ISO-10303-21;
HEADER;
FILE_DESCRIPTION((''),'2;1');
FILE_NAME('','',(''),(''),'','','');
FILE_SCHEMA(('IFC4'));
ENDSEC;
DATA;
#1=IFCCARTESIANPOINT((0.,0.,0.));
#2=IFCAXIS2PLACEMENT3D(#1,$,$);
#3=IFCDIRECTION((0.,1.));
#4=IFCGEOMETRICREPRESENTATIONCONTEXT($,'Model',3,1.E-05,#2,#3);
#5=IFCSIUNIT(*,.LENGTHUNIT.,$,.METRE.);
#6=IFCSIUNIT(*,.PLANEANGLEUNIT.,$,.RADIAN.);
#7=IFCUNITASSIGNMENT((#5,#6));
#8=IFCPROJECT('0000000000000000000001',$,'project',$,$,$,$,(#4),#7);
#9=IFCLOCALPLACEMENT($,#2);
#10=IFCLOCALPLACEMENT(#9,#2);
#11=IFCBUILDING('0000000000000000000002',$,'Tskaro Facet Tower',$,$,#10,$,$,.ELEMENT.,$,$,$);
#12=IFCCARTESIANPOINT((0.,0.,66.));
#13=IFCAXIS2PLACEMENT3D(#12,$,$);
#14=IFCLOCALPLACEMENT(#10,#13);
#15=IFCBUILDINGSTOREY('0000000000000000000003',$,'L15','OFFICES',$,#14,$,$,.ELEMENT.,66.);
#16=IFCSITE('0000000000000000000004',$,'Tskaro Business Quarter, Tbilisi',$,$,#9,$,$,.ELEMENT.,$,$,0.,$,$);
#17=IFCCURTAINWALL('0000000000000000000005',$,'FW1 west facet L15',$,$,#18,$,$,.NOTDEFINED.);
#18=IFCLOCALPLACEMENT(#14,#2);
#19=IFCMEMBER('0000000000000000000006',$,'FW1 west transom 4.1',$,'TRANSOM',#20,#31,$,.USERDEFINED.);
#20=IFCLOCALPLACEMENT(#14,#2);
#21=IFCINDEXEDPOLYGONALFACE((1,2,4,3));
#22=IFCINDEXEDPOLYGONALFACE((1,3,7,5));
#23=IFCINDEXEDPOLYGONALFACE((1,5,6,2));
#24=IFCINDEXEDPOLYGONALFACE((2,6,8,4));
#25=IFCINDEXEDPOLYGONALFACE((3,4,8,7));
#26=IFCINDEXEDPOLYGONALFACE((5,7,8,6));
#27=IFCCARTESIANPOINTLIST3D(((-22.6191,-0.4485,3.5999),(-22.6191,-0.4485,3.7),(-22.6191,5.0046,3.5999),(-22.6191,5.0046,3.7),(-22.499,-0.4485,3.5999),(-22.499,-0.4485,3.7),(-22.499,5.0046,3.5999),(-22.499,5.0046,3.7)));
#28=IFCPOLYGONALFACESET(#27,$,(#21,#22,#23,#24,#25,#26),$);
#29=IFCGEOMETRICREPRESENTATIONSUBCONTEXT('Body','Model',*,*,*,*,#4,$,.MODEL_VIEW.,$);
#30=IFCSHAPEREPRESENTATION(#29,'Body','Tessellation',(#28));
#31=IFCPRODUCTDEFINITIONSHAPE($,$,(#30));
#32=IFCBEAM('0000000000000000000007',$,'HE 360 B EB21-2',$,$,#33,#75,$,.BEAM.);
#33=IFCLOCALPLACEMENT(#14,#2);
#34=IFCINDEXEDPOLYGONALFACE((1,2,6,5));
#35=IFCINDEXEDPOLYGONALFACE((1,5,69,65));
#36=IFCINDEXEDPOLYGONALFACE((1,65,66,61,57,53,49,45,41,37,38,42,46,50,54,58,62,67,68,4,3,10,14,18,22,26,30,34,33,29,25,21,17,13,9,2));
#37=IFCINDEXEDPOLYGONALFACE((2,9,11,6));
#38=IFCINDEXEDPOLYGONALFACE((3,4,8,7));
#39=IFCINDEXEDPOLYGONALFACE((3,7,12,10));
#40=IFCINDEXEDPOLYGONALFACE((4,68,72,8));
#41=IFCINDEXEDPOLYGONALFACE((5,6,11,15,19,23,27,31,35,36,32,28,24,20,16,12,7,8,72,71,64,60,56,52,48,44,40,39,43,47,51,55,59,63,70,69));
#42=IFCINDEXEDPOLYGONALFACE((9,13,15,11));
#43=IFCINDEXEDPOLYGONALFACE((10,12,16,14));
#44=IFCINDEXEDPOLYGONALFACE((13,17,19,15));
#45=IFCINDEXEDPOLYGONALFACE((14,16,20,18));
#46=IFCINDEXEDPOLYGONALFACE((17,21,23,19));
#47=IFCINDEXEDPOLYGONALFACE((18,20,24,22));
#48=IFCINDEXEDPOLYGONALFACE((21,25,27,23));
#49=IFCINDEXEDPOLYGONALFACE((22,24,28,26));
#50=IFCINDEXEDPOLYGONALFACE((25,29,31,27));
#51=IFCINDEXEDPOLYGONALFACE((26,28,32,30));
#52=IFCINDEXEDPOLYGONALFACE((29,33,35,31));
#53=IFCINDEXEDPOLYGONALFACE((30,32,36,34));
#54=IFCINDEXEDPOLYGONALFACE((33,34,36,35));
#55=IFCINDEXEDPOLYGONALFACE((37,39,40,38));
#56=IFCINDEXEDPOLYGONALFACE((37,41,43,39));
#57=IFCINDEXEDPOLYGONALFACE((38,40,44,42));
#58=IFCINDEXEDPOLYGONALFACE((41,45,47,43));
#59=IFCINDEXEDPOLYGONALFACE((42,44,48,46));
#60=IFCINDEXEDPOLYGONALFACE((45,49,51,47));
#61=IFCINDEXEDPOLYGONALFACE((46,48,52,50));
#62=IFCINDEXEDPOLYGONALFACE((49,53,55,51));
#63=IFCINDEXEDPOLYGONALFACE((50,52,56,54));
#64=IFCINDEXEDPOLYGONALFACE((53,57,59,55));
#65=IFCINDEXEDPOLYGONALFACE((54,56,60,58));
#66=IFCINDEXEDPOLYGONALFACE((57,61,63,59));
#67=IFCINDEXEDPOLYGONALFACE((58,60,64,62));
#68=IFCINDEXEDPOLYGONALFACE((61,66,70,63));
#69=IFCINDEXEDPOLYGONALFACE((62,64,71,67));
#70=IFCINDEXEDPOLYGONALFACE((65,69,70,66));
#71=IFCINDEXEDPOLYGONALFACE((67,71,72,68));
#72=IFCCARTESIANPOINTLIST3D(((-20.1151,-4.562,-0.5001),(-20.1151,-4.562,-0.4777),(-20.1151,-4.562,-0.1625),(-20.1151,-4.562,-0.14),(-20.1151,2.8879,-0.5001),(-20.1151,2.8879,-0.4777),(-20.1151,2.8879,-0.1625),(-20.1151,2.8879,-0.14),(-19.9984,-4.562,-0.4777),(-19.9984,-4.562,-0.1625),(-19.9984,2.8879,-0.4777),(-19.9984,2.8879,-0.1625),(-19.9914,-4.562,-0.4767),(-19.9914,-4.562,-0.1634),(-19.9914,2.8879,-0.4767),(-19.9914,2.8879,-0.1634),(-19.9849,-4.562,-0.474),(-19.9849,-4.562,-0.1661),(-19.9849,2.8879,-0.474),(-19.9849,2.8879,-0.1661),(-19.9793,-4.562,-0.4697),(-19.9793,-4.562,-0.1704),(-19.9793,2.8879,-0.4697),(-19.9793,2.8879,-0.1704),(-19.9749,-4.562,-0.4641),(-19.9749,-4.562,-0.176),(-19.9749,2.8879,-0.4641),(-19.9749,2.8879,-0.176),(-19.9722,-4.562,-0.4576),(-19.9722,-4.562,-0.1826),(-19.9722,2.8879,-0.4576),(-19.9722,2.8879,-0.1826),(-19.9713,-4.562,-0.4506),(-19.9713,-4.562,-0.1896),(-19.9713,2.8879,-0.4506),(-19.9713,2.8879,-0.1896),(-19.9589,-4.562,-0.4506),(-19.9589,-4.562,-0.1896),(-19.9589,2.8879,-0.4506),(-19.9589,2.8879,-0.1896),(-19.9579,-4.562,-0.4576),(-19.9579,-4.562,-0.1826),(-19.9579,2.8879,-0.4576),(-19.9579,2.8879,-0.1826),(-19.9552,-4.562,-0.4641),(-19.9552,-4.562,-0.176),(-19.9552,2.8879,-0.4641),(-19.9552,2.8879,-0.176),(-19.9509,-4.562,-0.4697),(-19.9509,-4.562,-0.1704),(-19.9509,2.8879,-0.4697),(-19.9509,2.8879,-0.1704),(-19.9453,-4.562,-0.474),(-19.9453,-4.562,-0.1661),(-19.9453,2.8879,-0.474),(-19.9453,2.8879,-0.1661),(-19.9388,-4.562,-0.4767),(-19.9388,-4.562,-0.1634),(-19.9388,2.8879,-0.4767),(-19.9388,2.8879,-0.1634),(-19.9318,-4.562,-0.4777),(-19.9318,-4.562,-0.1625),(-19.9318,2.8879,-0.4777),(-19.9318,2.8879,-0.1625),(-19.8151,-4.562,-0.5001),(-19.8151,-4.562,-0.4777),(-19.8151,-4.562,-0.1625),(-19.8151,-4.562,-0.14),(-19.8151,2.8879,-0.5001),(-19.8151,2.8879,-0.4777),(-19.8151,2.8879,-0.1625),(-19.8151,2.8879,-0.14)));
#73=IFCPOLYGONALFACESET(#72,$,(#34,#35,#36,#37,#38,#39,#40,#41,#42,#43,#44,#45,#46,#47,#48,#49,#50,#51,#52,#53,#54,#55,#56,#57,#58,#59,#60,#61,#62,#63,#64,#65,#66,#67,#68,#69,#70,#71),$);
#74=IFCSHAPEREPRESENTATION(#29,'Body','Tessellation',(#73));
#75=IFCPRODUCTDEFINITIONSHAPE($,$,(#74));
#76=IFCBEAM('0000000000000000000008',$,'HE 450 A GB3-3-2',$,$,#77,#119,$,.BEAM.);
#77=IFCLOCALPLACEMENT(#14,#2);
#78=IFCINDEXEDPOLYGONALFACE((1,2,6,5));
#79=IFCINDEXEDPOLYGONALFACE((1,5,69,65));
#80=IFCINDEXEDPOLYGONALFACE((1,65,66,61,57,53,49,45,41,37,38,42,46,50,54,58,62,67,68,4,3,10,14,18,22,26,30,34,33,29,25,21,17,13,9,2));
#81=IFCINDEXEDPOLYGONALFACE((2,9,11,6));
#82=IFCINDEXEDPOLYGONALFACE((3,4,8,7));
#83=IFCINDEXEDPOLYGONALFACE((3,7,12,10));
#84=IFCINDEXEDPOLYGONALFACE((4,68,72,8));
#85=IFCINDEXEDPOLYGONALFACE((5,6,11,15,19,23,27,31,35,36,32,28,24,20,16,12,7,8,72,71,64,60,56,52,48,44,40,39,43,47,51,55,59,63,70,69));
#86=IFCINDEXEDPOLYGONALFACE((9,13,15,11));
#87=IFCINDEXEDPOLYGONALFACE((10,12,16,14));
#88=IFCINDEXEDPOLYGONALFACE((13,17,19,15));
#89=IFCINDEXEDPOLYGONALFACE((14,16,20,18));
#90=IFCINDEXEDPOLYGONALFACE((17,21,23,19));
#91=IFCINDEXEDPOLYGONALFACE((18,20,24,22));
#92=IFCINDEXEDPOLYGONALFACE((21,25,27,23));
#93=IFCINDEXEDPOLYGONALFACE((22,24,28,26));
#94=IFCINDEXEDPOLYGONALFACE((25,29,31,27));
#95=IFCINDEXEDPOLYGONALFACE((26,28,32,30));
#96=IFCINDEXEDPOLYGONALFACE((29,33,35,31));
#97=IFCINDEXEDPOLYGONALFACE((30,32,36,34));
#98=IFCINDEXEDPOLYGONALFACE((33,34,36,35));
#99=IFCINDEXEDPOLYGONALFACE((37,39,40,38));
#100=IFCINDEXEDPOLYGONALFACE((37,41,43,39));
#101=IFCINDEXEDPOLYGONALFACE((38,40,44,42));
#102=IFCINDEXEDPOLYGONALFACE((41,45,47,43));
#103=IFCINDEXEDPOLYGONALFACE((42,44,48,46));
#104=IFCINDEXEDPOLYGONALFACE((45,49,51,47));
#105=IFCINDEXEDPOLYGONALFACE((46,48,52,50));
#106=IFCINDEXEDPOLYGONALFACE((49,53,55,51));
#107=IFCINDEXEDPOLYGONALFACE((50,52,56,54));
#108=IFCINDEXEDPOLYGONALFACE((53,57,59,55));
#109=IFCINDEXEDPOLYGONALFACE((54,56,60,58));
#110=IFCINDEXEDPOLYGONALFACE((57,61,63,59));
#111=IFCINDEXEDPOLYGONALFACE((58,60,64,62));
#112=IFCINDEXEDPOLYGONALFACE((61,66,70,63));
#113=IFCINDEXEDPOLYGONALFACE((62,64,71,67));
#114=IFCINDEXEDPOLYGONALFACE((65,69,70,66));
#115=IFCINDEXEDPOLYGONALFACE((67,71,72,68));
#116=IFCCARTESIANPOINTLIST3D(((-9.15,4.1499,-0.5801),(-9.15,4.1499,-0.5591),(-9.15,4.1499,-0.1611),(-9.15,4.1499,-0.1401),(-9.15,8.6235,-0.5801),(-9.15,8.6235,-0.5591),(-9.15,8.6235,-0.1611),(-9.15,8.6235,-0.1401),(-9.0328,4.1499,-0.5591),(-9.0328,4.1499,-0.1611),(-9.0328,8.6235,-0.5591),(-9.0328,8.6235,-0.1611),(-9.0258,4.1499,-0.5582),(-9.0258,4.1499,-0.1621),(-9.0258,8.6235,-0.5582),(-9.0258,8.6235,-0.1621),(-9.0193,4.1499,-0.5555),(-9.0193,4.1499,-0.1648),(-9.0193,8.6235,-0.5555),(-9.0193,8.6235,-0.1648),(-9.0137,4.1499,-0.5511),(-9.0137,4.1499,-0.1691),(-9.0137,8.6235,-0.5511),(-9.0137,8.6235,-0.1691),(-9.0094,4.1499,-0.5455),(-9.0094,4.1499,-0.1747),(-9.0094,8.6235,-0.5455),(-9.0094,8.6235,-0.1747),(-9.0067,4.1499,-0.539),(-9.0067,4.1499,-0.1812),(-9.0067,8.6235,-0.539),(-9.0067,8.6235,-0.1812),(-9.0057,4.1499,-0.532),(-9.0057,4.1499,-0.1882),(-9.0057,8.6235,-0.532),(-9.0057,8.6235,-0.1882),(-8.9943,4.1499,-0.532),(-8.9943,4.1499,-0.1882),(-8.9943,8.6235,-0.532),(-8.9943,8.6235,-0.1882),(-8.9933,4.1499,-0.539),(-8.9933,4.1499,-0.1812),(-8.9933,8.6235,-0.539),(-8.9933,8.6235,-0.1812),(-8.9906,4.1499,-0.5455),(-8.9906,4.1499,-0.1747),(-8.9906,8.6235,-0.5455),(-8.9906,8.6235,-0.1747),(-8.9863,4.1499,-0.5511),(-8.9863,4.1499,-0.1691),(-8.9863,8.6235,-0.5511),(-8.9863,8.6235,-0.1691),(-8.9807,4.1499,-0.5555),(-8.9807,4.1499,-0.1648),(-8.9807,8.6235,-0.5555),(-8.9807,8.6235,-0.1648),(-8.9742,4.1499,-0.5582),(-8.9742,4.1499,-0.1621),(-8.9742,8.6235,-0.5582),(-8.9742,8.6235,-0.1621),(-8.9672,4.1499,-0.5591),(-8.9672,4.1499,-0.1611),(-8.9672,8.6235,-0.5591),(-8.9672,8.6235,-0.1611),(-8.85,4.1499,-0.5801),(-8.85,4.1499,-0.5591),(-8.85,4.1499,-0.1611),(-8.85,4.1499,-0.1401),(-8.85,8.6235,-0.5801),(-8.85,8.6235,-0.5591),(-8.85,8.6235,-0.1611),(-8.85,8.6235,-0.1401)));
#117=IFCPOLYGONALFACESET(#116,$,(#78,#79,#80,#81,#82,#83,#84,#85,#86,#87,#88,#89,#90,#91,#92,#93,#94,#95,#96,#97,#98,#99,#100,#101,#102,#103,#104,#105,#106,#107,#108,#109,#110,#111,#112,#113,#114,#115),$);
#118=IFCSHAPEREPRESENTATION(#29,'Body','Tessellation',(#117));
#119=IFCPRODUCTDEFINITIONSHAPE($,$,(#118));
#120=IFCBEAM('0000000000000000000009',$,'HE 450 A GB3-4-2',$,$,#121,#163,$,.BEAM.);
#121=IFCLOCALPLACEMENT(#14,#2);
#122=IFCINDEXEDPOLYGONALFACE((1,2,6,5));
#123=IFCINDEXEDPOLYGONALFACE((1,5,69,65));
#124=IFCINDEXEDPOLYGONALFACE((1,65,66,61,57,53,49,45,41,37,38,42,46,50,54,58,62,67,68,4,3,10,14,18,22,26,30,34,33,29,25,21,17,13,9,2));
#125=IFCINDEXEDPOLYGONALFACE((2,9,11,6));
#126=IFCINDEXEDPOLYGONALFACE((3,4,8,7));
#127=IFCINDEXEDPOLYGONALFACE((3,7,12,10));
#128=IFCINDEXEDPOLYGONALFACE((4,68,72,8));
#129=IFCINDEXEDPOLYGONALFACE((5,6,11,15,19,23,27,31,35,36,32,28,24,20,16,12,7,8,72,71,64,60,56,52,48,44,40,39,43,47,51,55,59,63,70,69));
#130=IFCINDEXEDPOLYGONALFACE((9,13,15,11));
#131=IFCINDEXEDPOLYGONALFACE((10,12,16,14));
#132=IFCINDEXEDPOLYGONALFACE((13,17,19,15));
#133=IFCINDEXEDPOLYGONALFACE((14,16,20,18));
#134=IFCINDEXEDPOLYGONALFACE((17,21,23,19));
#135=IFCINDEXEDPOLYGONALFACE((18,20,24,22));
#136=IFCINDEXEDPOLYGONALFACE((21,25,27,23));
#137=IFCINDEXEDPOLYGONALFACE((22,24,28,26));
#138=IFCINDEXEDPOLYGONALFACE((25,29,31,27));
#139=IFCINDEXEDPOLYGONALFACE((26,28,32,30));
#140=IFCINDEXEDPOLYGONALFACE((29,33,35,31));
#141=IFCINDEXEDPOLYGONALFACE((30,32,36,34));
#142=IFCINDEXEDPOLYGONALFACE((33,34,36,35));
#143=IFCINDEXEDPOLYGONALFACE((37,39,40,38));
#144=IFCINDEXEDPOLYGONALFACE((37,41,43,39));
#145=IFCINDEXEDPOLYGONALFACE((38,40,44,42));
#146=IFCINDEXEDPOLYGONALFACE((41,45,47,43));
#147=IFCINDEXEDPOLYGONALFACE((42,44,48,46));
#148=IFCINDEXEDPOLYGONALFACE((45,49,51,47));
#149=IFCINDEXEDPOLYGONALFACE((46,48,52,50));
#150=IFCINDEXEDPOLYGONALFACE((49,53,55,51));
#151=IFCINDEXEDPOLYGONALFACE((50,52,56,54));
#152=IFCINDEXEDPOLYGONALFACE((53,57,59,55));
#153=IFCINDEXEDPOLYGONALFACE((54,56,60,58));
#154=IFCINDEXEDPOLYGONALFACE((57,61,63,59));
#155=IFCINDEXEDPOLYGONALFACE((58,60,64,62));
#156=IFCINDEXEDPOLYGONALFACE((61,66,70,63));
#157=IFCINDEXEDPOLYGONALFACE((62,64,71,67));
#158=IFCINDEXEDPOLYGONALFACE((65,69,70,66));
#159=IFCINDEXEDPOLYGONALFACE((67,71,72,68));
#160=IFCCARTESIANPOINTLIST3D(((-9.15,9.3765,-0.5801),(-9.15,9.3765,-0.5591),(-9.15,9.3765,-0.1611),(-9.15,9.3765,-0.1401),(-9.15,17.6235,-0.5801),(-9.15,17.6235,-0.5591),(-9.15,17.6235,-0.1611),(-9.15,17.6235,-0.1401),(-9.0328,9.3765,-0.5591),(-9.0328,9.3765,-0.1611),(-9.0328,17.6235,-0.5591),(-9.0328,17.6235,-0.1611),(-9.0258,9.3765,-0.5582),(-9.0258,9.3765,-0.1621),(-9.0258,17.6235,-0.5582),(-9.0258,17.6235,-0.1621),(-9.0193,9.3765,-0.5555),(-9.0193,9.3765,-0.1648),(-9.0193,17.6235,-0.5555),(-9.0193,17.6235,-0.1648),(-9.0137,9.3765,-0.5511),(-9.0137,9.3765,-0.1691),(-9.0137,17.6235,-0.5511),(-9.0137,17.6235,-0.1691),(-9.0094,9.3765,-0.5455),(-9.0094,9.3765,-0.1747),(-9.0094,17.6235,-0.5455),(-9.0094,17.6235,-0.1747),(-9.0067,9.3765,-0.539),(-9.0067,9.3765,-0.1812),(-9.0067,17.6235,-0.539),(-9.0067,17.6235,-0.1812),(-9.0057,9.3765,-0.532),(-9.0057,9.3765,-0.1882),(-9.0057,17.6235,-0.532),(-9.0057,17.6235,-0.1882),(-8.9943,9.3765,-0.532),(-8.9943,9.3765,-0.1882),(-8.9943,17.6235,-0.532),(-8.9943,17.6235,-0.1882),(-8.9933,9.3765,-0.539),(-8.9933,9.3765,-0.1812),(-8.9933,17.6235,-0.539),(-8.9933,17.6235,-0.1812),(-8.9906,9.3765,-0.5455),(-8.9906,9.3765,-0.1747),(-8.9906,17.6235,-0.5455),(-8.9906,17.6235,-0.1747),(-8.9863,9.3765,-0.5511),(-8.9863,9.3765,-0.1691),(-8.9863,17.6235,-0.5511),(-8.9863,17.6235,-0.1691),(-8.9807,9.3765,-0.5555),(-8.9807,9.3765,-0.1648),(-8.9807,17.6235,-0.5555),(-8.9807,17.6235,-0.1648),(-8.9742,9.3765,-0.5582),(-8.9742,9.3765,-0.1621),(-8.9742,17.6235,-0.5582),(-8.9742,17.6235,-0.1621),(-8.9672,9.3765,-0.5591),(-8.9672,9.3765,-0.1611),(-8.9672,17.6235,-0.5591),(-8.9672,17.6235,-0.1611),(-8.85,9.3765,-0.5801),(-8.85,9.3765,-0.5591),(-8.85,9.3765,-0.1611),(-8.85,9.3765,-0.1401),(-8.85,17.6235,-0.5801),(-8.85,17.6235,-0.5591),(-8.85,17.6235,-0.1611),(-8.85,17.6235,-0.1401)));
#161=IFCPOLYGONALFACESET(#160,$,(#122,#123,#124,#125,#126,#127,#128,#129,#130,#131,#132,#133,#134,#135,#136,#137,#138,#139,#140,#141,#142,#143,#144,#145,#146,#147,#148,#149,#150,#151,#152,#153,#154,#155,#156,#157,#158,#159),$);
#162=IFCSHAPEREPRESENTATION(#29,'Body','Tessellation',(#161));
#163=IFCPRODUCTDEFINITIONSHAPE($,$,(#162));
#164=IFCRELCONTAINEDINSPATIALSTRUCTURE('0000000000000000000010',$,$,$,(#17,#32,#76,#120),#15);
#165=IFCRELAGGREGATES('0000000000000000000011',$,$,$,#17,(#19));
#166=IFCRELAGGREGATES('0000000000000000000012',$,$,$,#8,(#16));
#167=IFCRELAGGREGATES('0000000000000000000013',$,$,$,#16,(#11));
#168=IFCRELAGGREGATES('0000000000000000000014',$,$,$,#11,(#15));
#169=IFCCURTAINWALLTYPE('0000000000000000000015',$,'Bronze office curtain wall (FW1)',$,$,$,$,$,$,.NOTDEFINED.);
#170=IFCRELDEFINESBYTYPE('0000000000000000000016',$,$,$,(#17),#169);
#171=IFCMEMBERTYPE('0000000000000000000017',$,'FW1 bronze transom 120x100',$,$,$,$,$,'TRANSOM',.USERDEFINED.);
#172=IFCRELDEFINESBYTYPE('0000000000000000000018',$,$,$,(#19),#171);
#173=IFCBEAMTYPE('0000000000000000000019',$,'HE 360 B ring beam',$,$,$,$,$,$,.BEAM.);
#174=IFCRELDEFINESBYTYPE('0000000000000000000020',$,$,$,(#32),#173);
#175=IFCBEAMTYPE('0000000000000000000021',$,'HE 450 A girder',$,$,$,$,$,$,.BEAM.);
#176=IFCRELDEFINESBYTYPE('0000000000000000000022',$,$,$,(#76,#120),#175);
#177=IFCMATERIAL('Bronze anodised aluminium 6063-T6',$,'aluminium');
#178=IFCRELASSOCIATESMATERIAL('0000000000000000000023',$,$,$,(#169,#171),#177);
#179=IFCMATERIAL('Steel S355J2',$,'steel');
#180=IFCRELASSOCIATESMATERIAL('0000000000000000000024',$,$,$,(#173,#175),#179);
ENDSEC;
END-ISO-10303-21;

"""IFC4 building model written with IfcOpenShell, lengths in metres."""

from ifc_helpers import new_model, si_unit, direction, frame, origin, origin_2d, place, context, subcontext, project, spatial, rectangle, i_section, extrude, material, material_profile, profile_set, type_object, element, aggregate, save


model = new_model("IFC4")

# Units and contexts
model_context = context("Model", 3, precision=1e-05, world=origin(), true_north=direction((0.0, 1.0)))
body_context = subcontext(model_context, "Body", "Model", "MODEL_VIEW")
ifc_project = project(units=[si_unit("LENGTHUNIT", "METRE"), si_unit("PLANEANGLEUNIT", "RADIAN")], contexts=[model_context])

# Site, building, storey
site_placement = place(None, origin())
site = spatial("IfcSite", under=ifc_project, at=site_placement, Name="Tskaro Business Quarter, Tbilisi", CompositionType="ELEMENT", RefElevation=0.0)
building_placement = place(site_placement, origin())
building = spatial("IfcBuilding", under=site, at=building_placement, Name="Tskaro Facet Tower", CompositionType="ELEMENT")
storey_placement = place(building_placement, frame((0.0, 0.0, 66.0)))
storey = spatial("IfcBuildingStorey", under=building, at=storey_placement, Name="L15", Description="OFFICES", CompositionType="ELEMENT", Elevation=66.0)

# Curtain wall, member
ifc_material_1 = material(Name="Bronze anodised aluminium 6063-T6", Category="aluminium")
curtain_wall_type = type_object("IfcCurtainWallType", Name="Bronze office curtain wall (FW1)", PredefinedType="NOTDEFINED", material=ifc_material_1)
curtain_wall_placement = place(storey_placement, origin())
curtain_wall = element("IfcCurtainWall", 1, at=curtain_wall_placement, inside=storey, type_object=curtain_wall_type, Name="FW1 west facet L15", PredefinedType="NOTDEFINED")
ifc_material_profile_1 = material_profile(ifc_material_1, rectangle(XDim=0.1201, YDim=0.1001, at=origin_2d()), Name="Transom 120x100")
ifc_profile_set_1 = profile_set([ifc_material_profile_1], Name="Bronze anodised aluminium 6063-T6")
member_type_1 = type_object("IfcMemberType", Name="FW1 bronze transom 120x100", ElementType="TRANSOM", PredefinedType="USERDEFINED", material=ifc_profile_set_1)
member_1_placement = place(storey_placement, frame((-22.5591, 5.0046, 3.6499), z_axis=(0.0, -1.0, 0.0), x_axis=(1.0, 0.0, 0.0)))
member_1 = element("IfcMember", 2, at=member_1_placement, type_object=member_type_1, Name="FW1 west transom 4.1", ObjectType="TRANSOM", PredefinedType="USERDEFINED", context=body_context, shape_type="SweptSolid", body=[
    extrude(rectangle(XDim=0.1201, YDim=0.1001, at=origin_2d()), origin(), (0.0, 0.0, 1.0), 5.4531),
])

# Beams
ifc_material_2 = material(Name="Steel S355J2", Category="steel")
ifc_material_profile_2 = material_profile(ifc_material_2, i_section(OverallWidth=0.3, OverallDepth=0.3601, WebThickness=0.0125, FlangeThickness=0.0225, FilletRadius=0.0271, at=origin_2d()), Name="HE 360 B")
ifc_profile_set_2 = profile_set([ifc_material_profile_2], Name="Steel S355J2")
beam_type_1 = type_object("IfcBeamType", Name="HE 360 B ring beam", PredefinedType="BEAM", material=ifc_profile_set_2)
beam_1_placement = place(storey_placement, frame((-19.9651, 2.8879, -0.3201), z_axis=(0.0, -1.0, 0.0), x_axis=(1.0, 0.0, 0.0)))
element("IfcBeam", 3, at=beam_1_placement, inside=storey, type_object=beam_type_1, Name="HE 360 B EB21-2", PredefinedType="BEAM", context=body_context, shape_type="SweptSolid", body=[
    extrude(i_section(OverallWidth=0.3, OverallDepth=0.3601, WebThickness=0.0125, FlangeThickness=0.0225, FilletRadius=0.0271, at=origin_2d()), origin(), (0.0, 0.0, 1.0), 7.45),
])
ifc_material_profile_3 = material_profile(ifc_material_2, i_section(OverallWidth=0.3, OverallDepth=0.4399, WebThickness=0.0115, FlangeThickness=0.021, FilletRadius=0.0271, at=origin_2d()), Name="HE 450 A")
ifc_profile_set_3 = profile_set([ifc_material_profile_3], Name="Steel S355J2")
beam_type_2 = type_object("IfcBeamType", Name="HE 450 A girder", PredefinedType="BEAM", material=ifc_profile_set_3)
beam_2_placement = place(storey_placement, frame((-9.0, 4.1499, -0.3601), z_axis=(0.0, 1.0, 0.0), x_axis=(-1.0, 0.0, 0.0)))
element("IfcBeam", 4, at=beam_2_placement, inside=storey, type_object=beam_type_2, Name="HE 450 A GB3-3-2", PredefinedType="BEAM", context=body_context, shape_type="SweptSolid", body=[
    extrude(i_section(OverallWidth=0.3, OverallDepth=0.4399, WebThickness=0.0115, FlangeThickness=0.021, FilletRadius=0.0271, at=origin_2d()), origin(), (0.0, 0.0, 1.0), 4.4736),
])
beam_3_placement = place(storey_placement, frame((-9.0, 9.3765, -0.3601), z_axis=(0.0, 1.0, 0.0), x_axis=(-1.0, 0.0, 0.0)))
element("IfcBeam", 5, at=beam_3_placement, inside=storey, type_object=beam_type_2, Name="HE 450 A GB3-4-2", PredefinedType="BEAM", context=body_context, shape_type="SweptSolid", body=[
    extrude(i_section(OverallWidth=0.3, OverallDepth=0.4399, WebThickness=0.0115, FlangeThickness=0.021, FilletRadius=0.0271, at=origin_2d()), origin(), (0.0, 0.0, 1.0), 8.2471),
])

aggregate(curtain_wall, [member_1])

save(model, "model.ifc")
